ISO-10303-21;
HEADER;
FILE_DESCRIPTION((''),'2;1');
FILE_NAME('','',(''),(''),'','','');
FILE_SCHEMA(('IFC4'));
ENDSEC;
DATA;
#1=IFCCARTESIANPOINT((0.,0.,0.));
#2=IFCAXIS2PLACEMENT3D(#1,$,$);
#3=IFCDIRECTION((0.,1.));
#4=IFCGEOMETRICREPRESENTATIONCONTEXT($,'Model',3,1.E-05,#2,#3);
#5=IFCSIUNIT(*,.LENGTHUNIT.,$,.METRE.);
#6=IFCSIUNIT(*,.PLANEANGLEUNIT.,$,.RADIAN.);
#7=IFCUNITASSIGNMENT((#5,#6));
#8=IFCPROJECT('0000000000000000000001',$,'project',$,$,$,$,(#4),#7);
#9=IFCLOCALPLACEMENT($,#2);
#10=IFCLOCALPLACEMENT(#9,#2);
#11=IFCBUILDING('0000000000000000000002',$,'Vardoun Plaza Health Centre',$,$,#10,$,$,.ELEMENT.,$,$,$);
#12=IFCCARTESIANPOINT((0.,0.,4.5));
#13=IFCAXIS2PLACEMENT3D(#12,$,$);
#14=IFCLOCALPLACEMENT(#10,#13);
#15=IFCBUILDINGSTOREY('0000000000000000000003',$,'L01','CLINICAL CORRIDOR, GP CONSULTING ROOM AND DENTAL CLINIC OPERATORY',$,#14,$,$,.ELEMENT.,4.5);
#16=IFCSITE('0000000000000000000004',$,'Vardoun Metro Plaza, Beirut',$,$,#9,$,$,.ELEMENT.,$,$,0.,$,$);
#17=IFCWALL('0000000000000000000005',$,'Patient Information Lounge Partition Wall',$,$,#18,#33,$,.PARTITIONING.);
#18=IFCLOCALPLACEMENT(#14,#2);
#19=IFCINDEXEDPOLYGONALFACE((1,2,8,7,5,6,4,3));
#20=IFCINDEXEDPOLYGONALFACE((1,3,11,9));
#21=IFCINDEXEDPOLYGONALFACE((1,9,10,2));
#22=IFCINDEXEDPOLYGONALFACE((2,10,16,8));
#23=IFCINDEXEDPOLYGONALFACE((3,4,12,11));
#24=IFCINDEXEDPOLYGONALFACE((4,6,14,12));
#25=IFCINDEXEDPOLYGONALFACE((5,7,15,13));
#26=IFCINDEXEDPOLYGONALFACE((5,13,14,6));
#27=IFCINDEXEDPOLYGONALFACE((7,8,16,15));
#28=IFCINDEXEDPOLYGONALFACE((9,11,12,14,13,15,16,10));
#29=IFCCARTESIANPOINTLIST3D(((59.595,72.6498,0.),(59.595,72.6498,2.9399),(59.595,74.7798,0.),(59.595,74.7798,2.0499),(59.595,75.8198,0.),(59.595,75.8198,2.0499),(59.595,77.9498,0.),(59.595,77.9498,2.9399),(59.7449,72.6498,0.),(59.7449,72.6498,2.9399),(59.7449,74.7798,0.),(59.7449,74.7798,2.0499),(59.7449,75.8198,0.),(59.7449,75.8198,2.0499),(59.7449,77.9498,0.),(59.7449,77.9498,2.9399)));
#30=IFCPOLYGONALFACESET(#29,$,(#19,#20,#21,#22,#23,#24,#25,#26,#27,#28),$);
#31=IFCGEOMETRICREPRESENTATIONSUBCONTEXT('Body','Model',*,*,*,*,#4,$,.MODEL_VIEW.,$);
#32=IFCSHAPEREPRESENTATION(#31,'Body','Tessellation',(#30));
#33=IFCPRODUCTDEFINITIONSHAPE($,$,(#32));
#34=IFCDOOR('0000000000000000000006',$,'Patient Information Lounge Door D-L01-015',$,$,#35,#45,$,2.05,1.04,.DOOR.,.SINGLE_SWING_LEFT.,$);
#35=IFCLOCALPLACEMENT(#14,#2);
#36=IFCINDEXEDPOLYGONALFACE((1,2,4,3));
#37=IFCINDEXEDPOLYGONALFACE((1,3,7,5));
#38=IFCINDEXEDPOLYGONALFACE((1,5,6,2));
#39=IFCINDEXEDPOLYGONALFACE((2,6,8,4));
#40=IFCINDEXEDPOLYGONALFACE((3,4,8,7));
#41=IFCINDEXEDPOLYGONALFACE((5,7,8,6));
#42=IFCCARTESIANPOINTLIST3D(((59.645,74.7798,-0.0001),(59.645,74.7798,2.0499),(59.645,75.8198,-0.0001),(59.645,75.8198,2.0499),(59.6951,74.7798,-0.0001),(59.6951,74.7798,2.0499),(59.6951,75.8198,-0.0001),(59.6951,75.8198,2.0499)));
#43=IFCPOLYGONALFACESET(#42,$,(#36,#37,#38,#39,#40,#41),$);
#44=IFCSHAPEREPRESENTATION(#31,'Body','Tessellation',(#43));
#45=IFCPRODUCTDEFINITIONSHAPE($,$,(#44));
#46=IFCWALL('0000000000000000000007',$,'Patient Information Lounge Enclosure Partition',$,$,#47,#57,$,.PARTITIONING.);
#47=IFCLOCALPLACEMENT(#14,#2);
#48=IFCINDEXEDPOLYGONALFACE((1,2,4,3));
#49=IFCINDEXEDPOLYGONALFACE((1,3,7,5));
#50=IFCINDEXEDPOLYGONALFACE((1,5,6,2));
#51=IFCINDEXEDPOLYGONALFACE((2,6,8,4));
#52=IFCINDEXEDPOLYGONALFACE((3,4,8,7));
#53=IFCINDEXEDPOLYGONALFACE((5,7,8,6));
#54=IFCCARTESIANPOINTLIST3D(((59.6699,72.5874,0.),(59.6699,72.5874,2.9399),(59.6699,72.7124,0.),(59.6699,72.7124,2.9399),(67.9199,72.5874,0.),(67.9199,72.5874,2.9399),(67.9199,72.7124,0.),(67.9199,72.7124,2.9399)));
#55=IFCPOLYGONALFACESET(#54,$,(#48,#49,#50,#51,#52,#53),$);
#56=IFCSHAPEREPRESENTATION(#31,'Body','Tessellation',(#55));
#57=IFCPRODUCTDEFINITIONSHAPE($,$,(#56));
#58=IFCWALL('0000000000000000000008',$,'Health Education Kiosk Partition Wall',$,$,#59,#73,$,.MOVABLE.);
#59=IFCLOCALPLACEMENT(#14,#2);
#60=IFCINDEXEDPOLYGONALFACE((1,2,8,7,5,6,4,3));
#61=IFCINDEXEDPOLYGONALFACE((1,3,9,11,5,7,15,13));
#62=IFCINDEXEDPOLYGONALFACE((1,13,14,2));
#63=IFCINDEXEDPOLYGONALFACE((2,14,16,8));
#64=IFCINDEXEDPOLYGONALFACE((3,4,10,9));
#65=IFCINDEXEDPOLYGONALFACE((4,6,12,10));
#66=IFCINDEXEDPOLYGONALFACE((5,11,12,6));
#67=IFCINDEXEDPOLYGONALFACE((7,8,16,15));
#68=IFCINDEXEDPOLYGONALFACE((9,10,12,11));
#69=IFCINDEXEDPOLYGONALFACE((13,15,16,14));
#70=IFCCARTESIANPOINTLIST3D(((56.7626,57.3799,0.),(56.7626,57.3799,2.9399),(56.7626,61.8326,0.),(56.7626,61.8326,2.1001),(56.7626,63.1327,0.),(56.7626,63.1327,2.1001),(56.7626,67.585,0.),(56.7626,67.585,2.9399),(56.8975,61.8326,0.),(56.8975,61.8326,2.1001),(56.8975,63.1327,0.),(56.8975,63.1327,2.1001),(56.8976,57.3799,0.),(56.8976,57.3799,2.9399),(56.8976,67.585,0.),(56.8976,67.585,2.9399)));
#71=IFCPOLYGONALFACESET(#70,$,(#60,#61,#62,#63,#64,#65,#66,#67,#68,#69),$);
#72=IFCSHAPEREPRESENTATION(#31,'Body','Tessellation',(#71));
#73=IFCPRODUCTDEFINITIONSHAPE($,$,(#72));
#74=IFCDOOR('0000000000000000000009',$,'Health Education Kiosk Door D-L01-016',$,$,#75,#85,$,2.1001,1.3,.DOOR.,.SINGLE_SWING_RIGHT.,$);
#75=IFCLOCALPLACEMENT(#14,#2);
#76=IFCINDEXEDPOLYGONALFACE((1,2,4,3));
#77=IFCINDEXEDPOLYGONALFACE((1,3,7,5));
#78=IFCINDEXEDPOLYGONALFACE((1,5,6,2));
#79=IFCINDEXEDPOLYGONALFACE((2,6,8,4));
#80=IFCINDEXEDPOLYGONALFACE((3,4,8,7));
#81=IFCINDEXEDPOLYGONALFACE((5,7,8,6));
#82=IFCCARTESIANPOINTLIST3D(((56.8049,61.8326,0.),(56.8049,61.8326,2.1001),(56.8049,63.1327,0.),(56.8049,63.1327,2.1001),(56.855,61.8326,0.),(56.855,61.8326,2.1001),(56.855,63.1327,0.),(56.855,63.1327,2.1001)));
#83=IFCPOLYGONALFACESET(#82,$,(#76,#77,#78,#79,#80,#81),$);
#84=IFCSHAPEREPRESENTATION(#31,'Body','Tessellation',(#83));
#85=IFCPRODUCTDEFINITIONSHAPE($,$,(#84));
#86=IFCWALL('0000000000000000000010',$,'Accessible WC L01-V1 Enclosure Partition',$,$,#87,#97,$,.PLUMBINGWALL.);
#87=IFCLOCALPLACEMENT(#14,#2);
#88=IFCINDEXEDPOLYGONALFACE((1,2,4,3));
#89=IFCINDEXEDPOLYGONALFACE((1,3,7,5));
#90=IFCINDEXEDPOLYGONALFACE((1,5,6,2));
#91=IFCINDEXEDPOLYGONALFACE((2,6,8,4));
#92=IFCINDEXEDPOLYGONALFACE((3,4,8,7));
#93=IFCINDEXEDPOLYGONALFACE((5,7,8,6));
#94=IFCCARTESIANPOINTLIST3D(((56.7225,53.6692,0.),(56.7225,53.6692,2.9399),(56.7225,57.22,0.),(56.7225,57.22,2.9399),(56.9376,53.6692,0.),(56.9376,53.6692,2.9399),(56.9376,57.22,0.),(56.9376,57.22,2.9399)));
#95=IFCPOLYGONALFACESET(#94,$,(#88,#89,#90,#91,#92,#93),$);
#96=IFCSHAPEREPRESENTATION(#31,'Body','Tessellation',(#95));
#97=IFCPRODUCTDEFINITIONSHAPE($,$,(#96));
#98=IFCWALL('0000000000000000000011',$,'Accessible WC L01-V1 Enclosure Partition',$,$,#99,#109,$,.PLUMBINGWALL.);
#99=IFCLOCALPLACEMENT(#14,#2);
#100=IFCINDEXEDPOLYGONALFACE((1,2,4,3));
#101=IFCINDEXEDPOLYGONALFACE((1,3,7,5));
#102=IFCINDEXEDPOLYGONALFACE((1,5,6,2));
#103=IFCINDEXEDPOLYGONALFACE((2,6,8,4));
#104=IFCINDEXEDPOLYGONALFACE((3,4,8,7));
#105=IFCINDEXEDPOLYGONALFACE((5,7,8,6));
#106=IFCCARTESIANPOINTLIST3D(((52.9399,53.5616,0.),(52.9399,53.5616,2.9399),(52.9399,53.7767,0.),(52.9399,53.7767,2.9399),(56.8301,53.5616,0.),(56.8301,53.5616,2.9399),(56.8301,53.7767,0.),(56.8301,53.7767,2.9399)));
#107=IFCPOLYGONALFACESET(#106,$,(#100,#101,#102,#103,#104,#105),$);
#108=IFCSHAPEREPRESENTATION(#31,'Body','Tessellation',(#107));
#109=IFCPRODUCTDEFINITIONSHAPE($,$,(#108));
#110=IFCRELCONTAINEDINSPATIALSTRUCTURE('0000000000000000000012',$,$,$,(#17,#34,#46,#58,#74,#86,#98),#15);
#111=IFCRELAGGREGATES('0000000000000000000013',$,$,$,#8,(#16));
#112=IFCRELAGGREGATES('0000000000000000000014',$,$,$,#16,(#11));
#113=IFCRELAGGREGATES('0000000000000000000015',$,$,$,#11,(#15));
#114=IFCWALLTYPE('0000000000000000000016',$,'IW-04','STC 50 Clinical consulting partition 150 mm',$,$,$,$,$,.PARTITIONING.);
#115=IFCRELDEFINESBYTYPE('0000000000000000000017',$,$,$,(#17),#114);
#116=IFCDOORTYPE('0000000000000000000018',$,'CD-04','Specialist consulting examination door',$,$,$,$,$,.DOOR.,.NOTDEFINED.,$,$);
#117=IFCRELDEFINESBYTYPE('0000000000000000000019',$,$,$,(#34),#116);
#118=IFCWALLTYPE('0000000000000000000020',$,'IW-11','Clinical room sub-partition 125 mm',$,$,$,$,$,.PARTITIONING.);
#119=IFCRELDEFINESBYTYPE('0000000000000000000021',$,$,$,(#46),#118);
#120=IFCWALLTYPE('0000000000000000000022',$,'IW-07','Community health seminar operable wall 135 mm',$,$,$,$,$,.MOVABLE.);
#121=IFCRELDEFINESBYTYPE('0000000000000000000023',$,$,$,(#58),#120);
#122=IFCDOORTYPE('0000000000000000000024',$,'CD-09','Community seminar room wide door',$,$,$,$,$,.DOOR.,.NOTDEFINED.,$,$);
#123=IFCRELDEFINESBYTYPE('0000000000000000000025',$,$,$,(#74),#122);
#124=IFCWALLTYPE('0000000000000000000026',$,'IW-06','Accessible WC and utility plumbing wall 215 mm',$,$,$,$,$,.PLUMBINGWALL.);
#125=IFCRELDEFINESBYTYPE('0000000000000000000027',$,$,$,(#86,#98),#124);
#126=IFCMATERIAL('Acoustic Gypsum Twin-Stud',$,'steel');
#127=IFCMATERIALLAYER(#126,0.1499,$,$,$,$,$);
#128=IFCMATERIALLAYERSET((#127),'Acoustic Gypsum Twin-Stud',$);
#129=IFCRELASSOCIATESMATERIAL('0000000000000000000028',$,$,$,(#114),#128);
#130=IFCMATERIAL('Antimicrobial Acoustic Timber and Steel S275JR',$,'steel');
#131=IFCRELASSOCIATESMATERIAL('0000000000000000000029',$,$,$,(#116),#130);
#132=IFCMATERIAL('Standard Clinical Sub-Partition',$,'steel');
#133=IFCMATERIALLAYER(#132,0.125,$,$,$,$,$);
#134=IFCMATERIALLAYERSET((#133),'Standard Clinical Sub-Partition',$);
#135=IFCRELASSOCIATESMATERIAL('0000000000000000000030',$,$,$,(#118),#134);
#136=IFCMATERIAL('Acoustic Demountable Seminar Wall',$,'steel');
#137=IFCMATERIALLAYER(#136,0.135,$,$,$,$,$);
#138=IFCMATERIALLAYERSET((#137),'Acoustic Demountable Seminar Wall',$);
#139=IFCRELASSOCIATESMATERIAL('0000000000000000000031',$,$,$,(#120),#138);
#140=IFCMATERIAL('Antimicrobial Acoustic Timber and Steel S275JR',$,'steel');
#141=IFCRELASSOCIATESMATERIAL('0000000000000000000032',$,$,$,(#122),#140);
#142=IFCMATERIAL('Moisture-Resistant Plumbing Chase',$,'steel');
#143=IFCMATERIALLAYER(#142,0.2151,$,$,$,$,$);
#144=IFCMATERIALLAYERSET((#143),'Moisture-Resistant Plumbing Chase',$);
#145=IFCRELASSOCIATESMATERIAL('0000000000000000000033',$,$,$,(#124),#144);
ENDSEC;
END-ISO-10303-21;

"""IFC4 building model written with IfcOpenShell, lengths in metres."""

from ifc_helpers import new_model, si_unit, direction, frame, frame_2d, origin, place, context, subcontext, project, spatial, rectangle, extrude, material, layer, layer_set, type_object, element, fill, save


model = new_model("IFC4")

# Units and contexts
model_context = context("Model", 3, precision=1e-05, world=origin(), true_north=direction((0.0, 1.0)))
body_context = subcontext(model_context, "Body", "Model", "MODEL_VIEW")
ifc_project = project(units=[si_unit("LENGTHUNIT", "METRE"), si_unit("PLANEANGLEUNIT", "RADIAN")], contexts=[model_context])

# Site, building, storey
site_placement = place(None, origin())
site = spatial("IfcSite", under=ifc_project, at=site_placement, Name="Vardoun Metro Plaza, Beirut", CompositionType="ELEMENT", RefElevation=0.0)
building_placement = place(site_placement, origin())
building = spatial("IfcBuilding", under=site, at=building_placement, Name="Vardoun Plaza Health Centre", CompositionType="ELEMENT")
storey_placement = place(building_placement, frame((0.0, 0.0, 4.5)))
storey = spatial("IfcBuildingStorey", under=building, at=storey_placement, Name="L01", Description="CLINICAL CORRIDOR, GP CONSULTING ROOM AND DENTAL CLINIC OPERATORY", CompositionType="ELEMENT", Elevation=4.5)

# Wall, opening, door
ifc_material_1 = material(Name="Acoustic Gypsum Twin-Stud", Category="steel")
ifc_layer_1 = layer(ifc_material_1, 0.1499)
ifc_layer_set_1 = layer_set([ifc_layer_1], Name="Acoustic Gypsum Twin-Stud")
wall_type_1 = type_object("IfcWallType", Name="IW-04", Description="STC 50 Clinical consulting partition 150 mm", PredefinedType="PARTITIONING", material=ifc_layer_set_1)
wall_1_placement = place(storey_placement, frame((59.6699, 72.6499, 0.0), z_axis=(0.0, 0.0, 1.0), x_axis=(0.0, 1.0, 0.0)))
wall_1 = element("IfcWall", 1, at=wall_1_placement, inside=storey, type_object=wall_type_1, Name="Patient Information Lounge Partition Wall", PredefinedType="PARTITIONING", context=body_context, shape_type="SweptSolid", body=[
    extrude(rectangle(XDim=5.3, YDim=0.1499, at=frame_2d((2.6499, 0.0))), origin(), (0.0, 0.0, 1.0), 2.9399),
])
opening_1_placement = place(wall_1_placement, frame((2.1299, 0.0, 0.0)))
opening_1 = element("IfcOpeningElement", 2, at=opening_1_placement, cuts=wall_1, PredefinedType="OPENING", context=body_context, shape_type="SweptSolid", body=[
    extrude(rectangle(XDim=1.04, YDim=2.05, at=frame_2d((0.52, 1.0249))), frame((0.0, 0.075, 0.0), z_axis=(0.0, -1.0, 0.0), x_axis=(1.0, 0.0, 0.0)), (0.0, 0.0, 1.0), 0.1499),
])
ifc_material_2 = material(Name="Antimicrobial Acoustic Timber and Steel S275JR", Category="steel")
door_type_1 = type_object("IfcDoorType", Name="CD-04", Description="Specialist consulting examination door", OperationType="NOTDEFINED", PredefinedType="DOOR", material=ifc_material_2)
door_1_placement = place(opening_1_placement, origin())
door_1 = element("IfcDoor", 3, at=door_1_placement, inside=storey, type_object=door_type_1, Name="Patient Information Lounge Door D-L01-015", OperationType="SINGLE_SWING_LEFT", OverallHeight=2.05, OverallWidth=1.04, PredefinedType="DOOR", context=body_context, shape_type="SweptSolid", body=[
    extrude(rectangle(XDim=1.04, YDim=2.05, at=frame_2d((0.52, 1.0249))), frame((0.0, 0.0249, 0.0), z_axis=(0.0, -1.0, 0.0), x_axis=(1.0, 0.0, 0.0)), (0.0, 0.0, 1.0), 0.05),
])
fill(opening_1, door_1)

# Wall
ifc_material_3 = material(Name="Standard Clinical Sub-Partition", Category="steel")
ifc_layer_2 = layer(ifc_material_3, 0.125)
ifc_layer_set_2 = layer_set([ifc_layer_2], Name="Standard Clinical Sub-Partition")
wall_type_2 = type_object("IfcWallType", Name="IW-11", Description="Clinical room sub-partition 125 mm", PredefinedType="PARTITIONING", material=ifc_layer_set_2)
wall_2_placement = place(storey_placement, frame((67.9199, 72.6499, 0.0), z_axis=(0.0, 0.0, 1.0), x_axis=(-1.0, 0.0, 0.0)))
element("IfcWall", 4, at=wall_2_placement, inside=storey, type_object=wall_type_2, Name="Patient Information Lounge Enclosure Partition", PredefinedType="PARTITIONING", context=body_context, shape_type="SweptSolid", body=[
    extrude(rectangle(XDim=8.25, YDim=0.125, at=frame_2d((4.125, 0.0))), origin(), (0.0, 0.0, 1.0), 2.9399),
])

# Wall, opening, door
ifc_material_4 = material(Name="Acoustic Demountable Seminar Wall", Category="steel")
ifc_layer_3 = layer(ifc_material_4, 0.135)
ifc_layer_set_3 = layer_set([ifc_layer_3], Name="Acoustic Demountable Seminar Wall")
wall_type_3 = type_object("IfcWallType", Name="IW-07", Description="Community health seminar operable wall 135 mm", PredefinedType="MOVABLE", material=ifc_layer_set_3)
wall_3_placement = place(storey_placement, frame((56.8301, 67.585, 0.0), z_axis=(0.0, 0.0, 1.0), x_axis=(0.0, -1.0, 0.0)))
wall_3 = element("IfcWall", 5, at=wall_3_placement, inside=storey, type_object=wall_type_3, Name="Health Education Kiosk Partition Wall", PredefinedType="MOVABLE", context=body_context, shape_type="SweptSolid", body=[
    extrude(rectangle(XDim=10.2051, YDim=0.135, at=frame_2d((5.1025, 0.0))), origin(), (0.0, 0.0, 1.0), 2.9399),
])
opening_2_placement = place(wall_3_placement, frame((4.4524, 0.0, 0.0)))
opening_2 = element("IfcOpeningElement", 6, at=opening_2_placement, cuts=wall_3, PredefinedType="OPENING", context=body_context, shape_type="SweptSolid", body=[
    extrude(rectangle(XDim=1.3, YDim=2.1001, at=frame_2d((0.6499, 1.05))), frame((0.0, 0.0674, 0.0), z_axis=(0.0, -1.0, 0.0), x_axis=(1.0, 0.0, 0.0)), (0.0, 0.0, 1.0), 0.135),
])
ifc_material_5 = material(Name="Antimicrobial Acoustic Timber and Steel S275JR", Category="steel")
door_type_2 = type_object("IfcDoorType", Name="CD-09", Description="Community seminar room wide door", OperationType="NOTDEFINED", PredefinedType="DOOR", material=ifc_material_5)
door_2_placement = place(opening_2_placement, origin())
door_2 = element("IfcDoor", 7, at=door_2_placement, inside=storey, type_object=door_type_2, Name="Health Education Kiosk Door D-L01-016", OperationType="SINGLE_SWING_RIGHT", OverallHeight=2.1001, OverallWidth=1.3, PredefinedType="DOOR", context=body_context, shape_type="SweptSolid", body=[
    extrude(rectangle(XDim=1.3, YDim=2.1001, at=frame_2d((0.6499, 1.05))), frame((0.0, 0.0249, 0.0), z_axis=(0.0, -1.0, 0.0), x_axis=(1.0, 0.0, 0.0)), (0.0, 0.0, 1.0), 0.05),
])
fill(opening_2, door_2)

# Walls
ifc_material_6 = material(Name="Moisture-Resistant Plumbing Chase", Category="steel")
ifc_layer_4 = layer(ifc_material_6, 0.2151)
ifc_layer_set_4 = layer_set([ifc_layer_4], Name="Moisture-Resistant Plumbing Chase")
wall_type_4 = type_object("IfcWallType", Name="IW-06", Description="Accessible WC and utility plumbing wall 215 mm", PredefinedType="PLUMBINGWALL", material=ifc_layer_set_4)
wall_4_placement = place(storey_placement, frame((56.8301, 57.22, 0.0), z_axis=(0.0, 0.0, 1.0), x_axis=(0.0, -1.0, 0.0)))
element("IfcWall", 8, at=wall_4_placement, inside=storey, type_object=wall_type_4, Name="Accessible WC L01-V1 Enclosure Partition", PredefinedType="PLUMBINGWALL", context=body_context, shape_type="SweptSolid", body=[
    extrude(rectangle(XDim=3.5508, YDim=0.2151, at=frame_2d((1.7754, 0.0))), origin(), (0.0, 0.0, 1.0), 2.9399),
])
wall_5_placement = place(storey_placement, frame((56.8301, 53.6692, 0.0), z_axis=(0.0, 0.0, 1.0), x_axis=(-1.0, 0.0, 0.0)))
element("IfcWall", 9, at=wall_5_placement, inside=storey, type_object=wall_type_4, Name="Accessible WC L01-V1 Enclosure Partition", PredefinedType="PLUMBINGWALL", context=body_context, shape_type="SweptSolid", body=[
    extrude(rectangle(XDim=3.8901, YDim=0.2151, at=frame_2d((1.9451, 0.0))), origin(), (0.0, 0.0, 1.0), 2.9399),
])

save(model, "model.ifc")
